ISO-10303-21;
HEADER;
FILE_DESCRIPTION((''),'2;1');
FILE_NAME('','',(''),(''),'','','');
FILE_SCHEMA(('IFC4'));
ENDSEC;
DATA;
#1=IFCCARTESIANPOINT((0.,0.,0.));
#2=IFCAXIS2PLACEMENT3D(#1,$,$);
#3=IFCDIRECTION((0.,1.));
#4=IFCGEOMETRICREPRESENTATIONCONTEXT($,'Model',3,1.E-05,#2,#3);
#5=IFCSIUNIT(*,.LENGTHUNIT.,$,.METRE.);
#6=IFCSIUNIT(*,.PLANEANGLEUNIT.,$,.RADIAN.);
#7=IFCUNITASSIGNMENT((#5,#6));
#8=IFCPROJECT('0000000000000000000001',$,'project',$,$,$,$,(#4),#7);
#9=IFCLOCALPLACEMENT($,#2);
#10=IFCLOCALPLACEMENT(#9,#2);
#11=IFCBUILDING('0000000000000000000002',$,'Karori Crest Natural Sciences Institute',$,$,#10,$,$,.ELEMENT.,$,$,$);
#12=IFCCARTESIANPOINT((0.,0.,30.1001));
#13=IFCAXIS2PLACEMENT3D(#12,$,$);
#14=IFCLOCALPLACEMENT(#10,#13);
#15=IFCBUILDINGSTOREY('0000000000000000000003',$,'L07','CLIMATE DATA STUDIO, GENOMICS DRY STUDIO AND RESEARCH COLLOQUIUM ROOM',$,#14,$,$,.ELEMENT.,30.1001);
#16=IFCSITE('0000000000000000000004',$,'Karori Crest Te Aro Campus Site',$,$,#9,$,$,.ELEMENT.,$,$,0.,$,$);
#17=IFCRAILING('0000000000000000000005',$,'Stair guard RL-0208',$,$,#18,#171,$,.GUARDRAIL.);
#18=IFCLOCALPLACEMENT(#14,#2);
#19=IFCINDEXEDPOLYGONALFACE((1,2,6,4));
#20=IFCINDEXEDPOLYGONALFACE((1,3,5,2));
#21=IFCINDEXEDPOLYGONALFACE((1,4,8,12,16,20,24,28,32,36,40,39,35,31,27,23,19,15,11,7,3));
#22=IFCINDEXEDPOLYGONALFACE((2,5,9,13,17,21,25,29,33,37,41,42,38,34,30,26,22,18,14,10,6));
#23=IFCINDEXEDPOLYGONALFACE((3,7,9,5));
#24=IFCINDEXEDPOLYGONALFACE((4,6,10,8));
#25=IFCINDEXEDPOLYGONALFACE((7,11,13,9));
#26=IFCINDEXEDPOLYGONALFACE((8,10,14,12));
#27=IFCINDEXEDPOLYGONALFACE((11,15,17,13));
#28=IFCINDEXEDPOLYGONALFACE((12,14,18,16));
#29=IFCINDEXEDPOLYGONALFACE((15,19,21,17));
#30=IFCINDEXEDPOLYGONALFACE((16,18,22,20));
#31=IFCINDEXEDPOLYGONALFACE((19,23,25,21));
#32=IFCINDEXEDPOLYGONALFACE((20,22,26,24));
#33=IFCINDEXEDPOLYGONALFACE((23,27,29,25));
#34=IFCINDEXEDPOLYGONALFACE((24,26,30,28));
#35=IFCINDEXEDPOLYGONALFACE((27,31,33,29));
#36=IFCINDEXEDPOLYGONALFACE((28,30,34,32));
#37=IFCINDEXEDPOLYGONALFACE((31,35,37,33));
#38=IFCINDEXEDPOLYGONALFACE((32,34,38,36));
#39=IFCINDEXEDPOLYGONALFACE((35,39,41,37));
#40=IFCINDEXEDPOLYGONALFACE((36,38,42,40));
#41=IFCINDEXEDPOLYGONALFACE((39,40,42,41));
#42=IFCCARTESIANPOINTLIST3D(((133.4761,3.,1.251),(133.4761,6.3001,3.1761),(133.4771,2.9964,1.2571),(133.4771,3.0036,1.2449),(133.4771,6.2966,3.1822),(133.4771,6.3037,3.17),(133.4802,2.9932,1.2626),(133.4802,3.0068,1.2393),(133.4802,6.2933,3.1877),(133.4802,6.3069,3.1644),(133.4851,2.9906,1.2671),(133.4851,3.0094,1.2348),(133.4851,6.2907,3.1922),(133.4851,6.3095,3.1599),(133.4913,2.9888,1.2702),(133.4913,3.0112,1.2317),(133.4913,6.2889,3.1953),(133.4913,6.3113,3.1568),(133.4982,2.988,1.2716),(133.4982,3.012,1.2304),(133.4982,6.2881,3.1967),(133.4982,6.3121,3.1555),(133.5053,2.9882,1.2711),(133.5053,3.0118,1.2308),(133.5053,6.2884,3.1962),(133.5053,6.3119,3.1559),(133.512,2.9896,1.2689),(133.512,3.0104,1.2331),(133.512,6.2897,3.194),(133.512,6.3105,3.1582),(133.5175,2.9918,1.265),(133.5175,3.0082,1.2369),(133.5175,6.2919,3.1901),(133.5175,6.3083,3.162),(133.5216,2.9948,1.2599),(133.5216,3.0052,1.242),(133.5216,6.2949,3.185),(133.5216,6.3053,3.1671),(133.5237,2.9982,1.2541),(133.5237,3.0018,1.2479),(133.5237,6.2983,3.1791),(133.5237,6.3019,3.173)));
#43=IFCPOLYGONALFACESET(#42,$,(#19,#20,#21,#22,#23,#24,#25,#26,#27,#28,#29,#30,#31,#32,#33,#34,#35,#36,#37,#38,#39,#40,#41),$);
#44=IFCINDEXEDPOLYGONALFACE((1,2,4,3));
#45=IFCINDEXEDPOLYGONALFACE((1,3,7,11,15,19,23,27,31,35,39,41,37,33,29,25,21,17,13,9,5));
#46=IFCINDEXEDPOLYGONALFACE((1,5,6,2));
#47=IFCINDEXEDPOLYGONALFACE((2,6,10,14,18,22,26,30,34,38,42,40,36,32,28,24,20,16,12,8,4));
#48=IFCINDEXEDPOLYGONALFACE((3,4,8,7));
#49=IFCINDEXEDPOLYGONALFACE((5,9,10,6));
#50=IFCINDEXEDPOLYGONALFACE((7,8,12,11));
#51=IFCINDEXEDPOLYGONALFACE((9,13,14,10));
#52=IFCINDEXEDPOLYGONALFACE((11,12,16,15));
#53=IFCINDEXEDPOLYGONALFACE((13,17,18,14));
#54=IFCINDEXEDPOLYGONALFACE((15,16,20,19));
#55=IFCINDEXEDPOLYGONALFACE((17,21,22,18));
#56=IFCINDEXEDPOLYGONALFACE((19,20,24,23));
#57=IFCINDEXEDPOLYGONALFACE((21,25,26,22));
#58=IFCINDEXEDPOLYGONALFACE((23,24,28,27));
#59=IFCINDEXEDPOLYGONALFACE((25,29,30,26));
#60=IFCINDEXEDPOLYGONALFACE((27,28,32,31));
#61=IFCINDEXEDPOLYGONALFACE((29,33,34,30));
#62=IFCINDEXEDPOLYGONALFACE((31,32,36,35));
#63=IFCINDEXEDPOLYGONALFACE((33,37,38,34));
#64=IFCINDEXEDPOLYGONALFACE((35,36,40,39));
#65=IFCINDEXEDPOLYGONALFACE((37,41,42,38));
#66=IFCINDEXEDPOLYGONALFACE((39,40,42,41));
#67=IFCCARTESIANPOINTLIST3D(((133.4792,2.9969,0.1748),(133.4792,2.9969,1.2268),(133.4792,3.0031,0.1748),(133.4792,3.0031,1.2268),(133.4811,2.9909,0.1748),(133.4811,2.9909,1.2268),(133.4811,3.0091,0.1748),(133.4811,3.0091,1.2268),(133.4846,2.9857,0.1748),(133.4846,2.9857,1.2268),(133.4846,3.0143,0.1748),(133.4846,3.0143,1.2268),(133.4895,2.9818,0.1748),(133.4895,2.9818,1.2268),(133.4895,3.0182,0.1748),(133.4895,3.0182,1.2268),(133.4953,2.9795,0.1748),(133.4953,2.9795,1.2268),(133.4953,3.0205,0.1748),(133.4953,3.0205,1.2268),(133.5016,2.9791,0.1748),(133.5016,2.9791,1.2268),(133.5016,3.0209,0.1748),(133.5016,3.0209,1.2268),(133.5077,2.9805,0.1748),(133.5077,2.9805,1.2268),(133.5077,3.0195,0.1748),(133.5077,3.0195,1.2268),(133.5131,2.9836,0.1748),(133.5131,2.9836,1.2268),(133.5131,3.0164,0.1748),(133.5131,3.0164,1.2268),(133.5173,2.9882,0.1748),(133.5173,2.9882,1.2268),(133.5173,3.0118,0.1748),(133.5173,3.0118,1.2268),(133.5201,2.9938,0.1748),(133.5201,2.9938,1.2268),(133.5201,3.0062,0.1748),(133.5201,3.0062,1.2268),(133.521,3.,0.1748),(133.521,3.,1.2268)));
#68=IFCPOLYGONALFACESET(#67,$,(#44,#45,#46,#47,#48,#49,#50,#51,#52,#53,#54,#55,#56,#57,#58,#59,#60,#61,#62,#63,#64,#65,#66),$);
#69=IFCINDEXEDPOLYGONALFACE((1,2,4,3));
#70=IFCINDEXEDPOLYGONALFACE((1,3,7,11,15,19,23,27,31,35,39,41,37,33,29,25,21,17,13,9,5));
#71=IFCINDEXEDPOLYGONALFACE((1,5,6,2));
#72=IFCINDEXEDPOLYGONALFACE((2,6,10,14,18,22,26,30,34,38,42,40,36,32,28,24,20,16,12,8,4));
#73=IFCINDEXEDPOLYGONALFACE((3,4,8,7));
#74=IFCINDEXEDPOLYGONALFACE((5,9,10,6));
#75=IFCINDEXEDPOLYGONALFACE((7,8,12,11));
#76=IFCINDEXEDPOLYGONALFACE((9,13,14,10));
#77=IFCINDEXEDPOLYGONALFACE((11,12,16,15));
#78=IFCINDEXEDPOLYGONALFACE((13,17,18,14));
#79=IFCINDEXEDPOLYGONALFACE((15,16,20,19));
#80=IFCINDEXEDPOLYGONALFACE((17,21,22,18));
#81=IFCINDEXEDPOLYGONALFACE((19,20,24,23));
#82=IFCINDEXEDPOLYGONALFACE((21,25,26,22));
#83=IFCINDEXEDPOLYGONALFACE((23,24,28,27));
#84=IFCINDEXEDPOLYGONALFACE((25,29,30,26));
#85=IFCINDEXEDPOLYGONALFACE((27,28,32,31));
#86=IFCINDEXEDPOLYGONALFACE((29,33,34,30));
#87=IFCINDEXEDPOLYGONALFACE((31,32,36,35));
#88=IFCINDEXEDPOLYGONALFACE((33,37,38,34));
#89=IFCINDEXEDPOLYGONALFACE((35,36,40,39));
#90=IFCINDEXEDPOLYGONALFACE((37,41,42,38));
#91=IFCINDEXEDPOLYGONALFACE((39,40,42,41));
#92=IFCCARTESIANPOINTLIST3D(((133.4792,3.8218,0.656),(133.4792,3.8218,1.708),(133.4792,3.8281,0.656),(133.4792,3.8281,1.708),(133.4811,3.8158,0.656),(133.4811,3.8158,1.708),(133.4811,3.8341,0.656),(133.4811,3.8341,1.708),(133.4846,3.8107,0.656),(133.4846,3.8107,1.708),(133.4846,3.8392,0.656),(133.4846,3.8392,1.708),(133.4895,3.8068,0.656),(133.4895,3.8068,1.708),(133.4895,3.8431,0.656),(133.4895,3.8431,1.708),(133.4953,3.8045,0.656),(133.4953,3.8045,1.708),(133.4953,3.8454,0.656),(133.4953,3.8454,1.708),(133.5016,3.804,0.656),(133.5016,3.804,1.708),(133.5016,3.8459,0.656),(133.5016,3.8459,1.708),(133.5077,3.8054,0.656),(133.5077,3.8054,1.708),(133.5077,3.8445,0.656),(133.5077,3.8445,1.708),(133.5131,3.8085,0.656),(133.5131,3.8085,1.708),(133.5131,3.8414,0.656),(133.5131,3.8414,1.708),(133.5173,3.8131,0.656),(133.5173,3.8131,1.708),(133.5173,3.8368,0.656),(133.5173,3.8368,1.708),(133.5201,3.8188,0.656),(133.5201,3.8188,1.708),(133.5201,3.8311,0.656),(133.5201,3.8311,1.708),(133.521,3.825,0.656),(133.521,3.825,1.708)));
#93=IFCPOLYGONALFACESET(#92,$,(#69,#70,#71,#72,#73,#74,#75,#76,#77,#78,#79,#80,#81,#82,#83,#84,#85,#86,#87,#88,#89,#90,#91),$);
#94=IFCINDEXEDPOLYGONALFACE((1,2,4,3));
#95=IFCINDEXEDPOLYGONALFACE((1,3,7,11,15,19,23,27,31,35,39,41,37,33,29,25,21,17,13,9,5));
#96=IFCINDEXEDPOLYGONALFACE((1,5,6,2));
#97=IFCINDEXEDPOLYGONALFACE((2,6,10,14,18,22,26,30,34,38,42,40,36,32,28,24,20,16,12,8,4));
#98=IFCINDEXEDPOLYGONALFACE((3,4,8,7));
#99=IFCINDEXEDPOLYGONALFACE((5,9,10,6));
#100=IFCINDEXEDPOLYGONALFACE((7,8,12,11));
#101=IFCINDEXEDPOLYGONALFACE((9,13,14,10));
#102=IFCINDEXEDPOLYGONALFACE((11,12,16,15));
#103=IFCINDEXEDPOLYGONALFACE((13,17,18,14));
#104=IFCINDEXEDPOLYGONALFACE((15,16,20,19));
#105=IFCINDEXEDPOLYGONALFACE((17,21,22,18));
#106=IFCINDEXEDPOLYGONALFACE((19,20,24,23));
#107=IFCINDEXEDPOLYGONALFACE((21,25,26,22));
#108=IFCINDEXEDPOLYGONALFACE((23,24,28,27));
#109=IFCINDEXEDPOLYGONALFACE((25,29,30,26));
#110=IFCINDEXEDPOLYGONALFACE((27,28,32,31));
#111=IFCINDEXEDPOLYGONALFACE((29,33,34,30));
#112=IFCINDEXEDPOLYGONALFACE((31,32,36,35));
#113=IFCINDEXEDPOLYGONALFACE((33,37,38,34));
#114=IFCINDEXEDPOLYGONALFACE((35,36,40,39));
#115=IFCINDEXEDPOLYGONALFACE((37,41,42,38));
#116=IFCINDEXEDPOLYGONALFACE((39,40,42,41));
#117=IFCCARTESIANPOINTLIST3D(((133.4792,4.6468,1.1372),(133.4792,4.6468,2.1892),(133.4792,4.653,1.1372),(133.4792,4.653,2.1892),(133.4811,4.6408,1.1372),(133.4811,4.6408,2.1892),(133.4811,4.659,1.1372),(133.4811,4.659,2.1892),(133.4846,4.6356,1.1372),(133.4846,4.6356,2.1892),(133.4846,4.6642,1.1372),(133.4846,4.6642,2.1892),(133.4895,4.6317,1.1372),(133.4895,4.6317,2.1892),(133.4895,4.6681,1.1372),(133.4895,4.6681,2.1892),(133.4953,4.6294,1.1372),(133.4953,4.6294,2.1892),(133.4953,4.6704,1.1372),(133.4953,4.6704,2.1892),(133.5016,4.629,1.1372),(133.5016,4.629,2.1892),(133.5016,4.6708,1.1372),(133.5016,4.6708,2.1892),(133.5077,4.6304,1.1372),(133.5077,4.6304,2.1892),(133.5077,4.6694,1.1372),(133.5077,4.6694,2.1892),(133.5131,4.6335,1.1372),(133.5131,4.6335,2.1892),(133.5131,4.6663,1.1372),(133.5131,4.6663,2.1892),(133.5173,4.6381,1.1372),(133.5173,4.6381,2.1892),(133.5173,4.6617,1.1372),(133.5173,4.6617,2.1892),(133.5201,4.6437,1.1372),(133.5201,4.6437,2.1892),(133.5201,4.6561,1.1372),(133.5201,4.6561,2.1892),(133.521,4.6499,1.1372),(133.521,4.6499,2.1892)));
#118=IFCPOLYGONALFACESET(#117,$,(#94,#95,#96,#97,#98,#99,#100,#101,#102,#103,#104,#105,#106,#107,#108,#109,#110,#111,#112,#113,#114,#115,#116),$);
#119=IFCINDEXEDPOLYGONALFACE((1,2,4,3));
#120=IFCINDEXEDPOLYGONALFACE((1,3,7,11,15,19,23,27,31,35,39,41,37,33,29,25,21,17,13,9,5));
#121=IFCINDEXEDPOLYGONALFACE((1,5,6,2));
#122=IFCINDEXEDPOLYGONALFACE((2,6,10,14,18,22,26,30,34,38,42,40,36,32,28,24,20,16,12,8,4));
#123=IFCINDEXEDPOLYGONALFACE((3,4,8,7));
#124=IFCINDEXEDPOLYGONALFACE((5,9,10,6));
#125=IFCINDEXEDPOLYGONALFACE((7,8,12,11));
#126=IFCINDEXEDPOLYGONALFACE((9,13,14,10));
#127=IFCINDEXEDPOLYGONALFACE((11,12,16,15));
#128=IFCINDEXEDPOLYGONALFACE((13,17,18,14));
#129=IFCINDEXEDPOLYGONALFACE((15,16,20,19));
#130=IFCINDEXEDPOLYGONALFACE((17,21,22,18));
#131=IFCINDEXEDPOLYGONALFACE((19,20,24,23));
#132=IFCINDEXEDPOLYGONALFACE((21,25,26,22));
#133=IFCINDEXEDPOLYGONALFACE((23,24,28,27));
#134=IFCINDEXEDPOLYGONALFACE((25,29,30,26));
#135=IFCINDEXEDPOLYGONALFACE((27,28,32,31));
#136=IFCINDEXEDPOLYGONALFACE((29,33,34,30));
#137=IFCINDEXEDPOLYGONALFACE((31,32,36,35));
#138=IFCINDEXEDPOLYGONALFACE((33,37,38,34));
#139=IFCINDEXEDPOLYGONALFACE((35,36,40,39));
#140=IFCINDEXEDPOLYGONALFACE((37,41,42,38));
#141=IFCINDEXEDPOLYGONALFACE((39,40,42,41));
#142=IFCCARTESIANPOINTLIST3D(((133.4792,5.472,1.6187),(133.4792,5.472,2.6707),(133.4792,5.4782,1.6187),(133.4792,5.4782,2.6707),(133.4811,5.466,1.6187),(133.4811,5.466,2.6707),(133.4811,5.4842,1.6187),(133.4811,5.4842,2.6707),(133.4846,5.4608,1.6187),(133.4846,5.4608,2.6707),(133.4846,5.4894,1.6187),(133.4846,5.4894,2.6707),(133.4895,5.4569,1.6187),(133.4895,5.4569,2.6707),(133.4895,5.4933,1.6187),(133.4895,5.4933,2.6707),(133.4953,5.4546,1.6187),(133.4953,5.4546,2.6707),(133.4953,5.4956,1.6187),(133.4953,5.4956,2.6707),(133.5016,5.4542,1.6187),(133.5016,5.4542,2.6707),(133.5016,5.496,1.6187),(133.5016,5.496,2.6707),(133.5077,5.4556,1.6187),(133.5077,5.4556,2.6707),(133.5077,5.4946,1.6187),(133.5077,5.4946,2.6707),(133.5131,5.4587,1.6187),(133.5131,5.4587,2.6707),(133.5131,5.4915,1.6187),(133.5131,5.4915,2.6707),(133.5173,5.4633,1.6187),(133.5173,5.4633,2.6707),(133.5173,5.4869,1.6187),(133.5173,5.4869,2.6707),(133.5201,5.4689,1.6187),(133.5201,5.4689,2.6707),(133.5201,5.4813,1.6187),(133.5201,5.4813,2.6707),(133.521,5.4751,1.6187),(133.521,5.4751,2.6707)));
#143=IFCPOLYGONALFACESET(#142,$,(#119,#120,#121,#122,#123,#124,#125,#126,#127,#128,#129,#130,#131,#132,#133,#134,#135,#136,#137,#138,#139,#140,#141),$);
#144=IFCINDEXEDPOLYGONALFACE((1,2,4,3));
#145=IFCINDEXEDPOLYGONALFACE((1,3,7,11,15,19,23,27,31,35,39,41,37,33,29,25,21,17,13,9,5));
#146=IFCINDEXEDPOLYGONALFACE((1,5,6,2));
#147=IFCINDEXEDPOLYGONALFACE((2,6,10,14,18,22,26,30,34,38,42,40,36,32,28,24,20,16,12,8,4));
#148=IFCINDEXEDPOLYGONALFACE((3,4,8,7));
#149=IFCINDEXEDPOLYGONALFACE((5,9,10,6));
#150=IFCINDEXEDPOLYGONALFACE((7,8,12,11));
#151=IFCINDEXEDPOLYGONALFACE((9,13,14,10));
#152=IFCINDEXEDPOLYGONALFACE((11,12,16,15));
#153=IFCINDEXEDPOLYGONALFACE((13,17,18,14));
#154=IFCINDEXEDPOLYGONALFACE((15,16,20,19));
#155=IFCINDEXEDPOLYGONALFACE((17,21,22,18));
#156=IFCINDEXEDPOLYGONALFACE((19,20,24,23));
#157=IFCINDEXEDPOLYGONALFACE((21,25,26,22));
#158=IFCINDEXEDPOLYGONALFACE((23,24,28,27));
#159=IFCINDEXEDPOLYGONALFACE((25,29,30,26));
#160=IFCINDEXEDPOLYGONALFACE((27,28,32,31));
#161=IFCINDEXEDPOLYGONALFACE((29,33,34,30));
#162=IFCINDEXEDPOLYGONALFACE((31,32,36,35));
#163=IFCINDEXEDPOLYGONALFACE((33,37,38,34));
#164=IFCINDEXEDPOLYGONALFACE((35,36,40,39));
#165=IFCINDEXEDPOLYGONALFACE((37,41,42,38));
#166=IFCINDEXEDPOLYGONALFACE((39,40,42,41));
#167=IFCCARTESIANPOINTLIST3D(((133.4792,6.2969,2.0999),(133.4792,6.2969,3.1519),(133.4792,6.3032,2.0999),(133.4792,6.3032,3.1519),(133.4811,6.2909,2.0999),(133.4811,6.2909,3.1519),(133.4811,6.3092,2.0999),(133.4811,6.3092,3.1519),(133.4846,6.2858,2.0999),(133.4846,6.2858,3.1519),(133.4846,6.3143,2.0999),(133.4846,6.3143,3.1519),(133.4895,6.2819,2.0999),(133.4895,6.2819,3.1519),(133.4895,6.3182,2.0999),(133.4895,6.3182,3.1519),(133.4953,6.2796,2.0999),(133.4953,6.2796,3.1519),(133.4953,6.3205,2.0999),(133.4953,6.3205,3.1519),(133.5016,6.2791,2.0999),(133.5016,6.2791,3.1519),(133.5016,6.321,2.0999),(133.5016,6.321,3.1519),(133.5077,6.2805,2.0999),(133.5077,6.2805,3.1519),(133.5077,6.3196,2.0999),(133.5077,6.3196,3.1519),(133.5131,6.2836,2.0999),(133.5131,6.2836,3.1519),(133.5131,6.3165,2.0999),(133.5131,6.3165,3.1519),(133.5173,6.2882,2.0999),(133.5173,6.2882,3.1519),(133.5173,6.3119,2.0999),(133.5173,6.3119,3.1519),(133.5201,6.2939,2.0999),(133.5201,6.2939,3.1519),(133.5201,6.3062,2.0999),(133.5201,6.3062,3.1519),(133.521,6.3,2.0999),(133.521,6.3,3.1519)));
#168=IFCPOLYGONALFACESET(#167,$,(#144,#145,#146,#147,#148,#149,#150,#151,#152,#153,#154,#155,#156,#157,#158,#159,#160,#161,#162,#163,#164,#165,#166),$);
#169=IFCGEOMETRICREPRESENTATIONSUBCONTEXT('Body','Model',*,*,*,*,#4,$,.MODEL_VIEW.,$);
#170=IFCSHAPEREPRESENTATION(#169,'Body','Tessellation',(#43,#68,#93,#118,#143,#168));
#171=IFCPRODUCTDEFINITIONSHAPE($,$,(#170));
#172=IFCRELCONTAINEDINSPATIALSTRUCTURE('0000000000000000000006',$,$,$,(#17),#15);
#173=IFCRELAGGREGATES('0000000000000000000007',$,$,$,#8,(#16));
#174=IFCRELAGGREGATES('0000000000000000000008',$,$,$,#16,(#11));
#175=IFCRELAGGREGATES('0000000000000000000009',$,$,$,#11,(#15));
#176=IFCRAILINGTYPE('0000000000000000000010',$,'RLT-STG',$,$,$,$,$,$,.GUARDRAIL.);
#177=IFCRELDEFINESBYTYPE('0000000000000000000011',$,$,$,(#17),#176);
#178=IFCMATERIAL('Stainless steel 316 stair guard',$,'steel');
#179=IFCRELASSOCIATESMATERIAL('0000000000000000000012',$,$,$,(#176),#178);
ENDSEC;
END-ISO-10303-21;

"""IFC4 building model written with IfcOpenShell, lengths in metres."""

from ifc_helpers import new_model, si_unit, direction, frame, origin, origin_2d, place, context, subcontext, project, spatial, circle, extrude, material, type_object, element, save


model = new_model("IFC4")

# Units and contexts
model_context = context("Model", 3, precision=1e-05, world=origin(), true_north=direction((0.0, 1.0)))
body_context = subcontext(model_context, "Body", "Model", "MODEL_VIEW")
ifc_project = project(units=[si_unit("LENGTHUNIT", "METRE"), si_unit("PLANEANGLEUNIT", "RADIAN")], contexts=[model_context])

# Site, building, storey
site_placement = place(None, origin())
site = spatial("IfcSite", under=ifc_project, at=site_placement, Name="Karori Crest Te Aro Campus Site", CompositionType="ELEMENT", RefElevation=0.0)
building_placement = place(site_placement, origin())
building = spatial("IfcBuilding", under=site, at=building_placement, Name="Karori Crest Natural Sciences Institute", CompositionType="ELEMENT")
storey_placement = place(building_placement, frame((0.0, 0.0, 30.1001)))
storey = spatial("IfcBuildingStorey", under=building, at=storey_placement, Name="L07", Description="CLIMATE DATA STUDIO, GENOMICS DRY STUDIO AND RESEARCH COLLOQUIUM ROOM", CompositionType="ELEMENT", Elevation=30.1001)

# Railing
ifc_material_1 = material(Name="Stainless steel 316 stair guard", Category="steel")
railing_type_1 = type_object("IfcRailingType", Name="RLT-STG", PredefinedType="GUARDRAIL", material=ifc_material_1)
railing_1_placement = place(storey_placement, frame((133.5, 3.0, 0.1748)))
element("IfcRailing", 1, at=railing_1_placement, inside=storey, type_object=railing_type_1, Name="Stair guard RL-0208", PredefinedType="GUARDRAIL", context=body_context, shape_type="SweptSolid", body=[
    extrude(circle(Radius=0.0239, at=origin_2d()), frame((0.0, 0.0, 1.0762), z_axis=(0.0, 0.863777, 0.503875), x_axis=(-1.0, 0.0, 0.0)), (0.0, 0.0, 1.0), 3.8206),
    extrude(circle(Radius=0.021, at=origin_2d()), origin(), (0.0, 0.0, 1.0), 1.052),
    extrude(circle(Radius=0.021, at=origin_2d()), frame((0.0, 0.825, 0.4812)), (0.0, 0.0, 1.0), 1.052),
    extrude(circle(Radius=0.021, at=origin_2d()), frame((0.0, 1.6499, 0.9624)), (0.0, 0.0, 1.0), 1.052),
    extrude(circle(Radius=0.021, at=origin_2d()), frame((0.0, 2.4751, 1.4438)), (0.0, 0.0, 1.0), 1.052),
    extrude(circle(Radius=0.021, at=origin_2d()), frame((0.0, 3.3, 1.925)), (0.0, 0.0, 1.0), 1.052),
])

save(model, "model.ifc")
